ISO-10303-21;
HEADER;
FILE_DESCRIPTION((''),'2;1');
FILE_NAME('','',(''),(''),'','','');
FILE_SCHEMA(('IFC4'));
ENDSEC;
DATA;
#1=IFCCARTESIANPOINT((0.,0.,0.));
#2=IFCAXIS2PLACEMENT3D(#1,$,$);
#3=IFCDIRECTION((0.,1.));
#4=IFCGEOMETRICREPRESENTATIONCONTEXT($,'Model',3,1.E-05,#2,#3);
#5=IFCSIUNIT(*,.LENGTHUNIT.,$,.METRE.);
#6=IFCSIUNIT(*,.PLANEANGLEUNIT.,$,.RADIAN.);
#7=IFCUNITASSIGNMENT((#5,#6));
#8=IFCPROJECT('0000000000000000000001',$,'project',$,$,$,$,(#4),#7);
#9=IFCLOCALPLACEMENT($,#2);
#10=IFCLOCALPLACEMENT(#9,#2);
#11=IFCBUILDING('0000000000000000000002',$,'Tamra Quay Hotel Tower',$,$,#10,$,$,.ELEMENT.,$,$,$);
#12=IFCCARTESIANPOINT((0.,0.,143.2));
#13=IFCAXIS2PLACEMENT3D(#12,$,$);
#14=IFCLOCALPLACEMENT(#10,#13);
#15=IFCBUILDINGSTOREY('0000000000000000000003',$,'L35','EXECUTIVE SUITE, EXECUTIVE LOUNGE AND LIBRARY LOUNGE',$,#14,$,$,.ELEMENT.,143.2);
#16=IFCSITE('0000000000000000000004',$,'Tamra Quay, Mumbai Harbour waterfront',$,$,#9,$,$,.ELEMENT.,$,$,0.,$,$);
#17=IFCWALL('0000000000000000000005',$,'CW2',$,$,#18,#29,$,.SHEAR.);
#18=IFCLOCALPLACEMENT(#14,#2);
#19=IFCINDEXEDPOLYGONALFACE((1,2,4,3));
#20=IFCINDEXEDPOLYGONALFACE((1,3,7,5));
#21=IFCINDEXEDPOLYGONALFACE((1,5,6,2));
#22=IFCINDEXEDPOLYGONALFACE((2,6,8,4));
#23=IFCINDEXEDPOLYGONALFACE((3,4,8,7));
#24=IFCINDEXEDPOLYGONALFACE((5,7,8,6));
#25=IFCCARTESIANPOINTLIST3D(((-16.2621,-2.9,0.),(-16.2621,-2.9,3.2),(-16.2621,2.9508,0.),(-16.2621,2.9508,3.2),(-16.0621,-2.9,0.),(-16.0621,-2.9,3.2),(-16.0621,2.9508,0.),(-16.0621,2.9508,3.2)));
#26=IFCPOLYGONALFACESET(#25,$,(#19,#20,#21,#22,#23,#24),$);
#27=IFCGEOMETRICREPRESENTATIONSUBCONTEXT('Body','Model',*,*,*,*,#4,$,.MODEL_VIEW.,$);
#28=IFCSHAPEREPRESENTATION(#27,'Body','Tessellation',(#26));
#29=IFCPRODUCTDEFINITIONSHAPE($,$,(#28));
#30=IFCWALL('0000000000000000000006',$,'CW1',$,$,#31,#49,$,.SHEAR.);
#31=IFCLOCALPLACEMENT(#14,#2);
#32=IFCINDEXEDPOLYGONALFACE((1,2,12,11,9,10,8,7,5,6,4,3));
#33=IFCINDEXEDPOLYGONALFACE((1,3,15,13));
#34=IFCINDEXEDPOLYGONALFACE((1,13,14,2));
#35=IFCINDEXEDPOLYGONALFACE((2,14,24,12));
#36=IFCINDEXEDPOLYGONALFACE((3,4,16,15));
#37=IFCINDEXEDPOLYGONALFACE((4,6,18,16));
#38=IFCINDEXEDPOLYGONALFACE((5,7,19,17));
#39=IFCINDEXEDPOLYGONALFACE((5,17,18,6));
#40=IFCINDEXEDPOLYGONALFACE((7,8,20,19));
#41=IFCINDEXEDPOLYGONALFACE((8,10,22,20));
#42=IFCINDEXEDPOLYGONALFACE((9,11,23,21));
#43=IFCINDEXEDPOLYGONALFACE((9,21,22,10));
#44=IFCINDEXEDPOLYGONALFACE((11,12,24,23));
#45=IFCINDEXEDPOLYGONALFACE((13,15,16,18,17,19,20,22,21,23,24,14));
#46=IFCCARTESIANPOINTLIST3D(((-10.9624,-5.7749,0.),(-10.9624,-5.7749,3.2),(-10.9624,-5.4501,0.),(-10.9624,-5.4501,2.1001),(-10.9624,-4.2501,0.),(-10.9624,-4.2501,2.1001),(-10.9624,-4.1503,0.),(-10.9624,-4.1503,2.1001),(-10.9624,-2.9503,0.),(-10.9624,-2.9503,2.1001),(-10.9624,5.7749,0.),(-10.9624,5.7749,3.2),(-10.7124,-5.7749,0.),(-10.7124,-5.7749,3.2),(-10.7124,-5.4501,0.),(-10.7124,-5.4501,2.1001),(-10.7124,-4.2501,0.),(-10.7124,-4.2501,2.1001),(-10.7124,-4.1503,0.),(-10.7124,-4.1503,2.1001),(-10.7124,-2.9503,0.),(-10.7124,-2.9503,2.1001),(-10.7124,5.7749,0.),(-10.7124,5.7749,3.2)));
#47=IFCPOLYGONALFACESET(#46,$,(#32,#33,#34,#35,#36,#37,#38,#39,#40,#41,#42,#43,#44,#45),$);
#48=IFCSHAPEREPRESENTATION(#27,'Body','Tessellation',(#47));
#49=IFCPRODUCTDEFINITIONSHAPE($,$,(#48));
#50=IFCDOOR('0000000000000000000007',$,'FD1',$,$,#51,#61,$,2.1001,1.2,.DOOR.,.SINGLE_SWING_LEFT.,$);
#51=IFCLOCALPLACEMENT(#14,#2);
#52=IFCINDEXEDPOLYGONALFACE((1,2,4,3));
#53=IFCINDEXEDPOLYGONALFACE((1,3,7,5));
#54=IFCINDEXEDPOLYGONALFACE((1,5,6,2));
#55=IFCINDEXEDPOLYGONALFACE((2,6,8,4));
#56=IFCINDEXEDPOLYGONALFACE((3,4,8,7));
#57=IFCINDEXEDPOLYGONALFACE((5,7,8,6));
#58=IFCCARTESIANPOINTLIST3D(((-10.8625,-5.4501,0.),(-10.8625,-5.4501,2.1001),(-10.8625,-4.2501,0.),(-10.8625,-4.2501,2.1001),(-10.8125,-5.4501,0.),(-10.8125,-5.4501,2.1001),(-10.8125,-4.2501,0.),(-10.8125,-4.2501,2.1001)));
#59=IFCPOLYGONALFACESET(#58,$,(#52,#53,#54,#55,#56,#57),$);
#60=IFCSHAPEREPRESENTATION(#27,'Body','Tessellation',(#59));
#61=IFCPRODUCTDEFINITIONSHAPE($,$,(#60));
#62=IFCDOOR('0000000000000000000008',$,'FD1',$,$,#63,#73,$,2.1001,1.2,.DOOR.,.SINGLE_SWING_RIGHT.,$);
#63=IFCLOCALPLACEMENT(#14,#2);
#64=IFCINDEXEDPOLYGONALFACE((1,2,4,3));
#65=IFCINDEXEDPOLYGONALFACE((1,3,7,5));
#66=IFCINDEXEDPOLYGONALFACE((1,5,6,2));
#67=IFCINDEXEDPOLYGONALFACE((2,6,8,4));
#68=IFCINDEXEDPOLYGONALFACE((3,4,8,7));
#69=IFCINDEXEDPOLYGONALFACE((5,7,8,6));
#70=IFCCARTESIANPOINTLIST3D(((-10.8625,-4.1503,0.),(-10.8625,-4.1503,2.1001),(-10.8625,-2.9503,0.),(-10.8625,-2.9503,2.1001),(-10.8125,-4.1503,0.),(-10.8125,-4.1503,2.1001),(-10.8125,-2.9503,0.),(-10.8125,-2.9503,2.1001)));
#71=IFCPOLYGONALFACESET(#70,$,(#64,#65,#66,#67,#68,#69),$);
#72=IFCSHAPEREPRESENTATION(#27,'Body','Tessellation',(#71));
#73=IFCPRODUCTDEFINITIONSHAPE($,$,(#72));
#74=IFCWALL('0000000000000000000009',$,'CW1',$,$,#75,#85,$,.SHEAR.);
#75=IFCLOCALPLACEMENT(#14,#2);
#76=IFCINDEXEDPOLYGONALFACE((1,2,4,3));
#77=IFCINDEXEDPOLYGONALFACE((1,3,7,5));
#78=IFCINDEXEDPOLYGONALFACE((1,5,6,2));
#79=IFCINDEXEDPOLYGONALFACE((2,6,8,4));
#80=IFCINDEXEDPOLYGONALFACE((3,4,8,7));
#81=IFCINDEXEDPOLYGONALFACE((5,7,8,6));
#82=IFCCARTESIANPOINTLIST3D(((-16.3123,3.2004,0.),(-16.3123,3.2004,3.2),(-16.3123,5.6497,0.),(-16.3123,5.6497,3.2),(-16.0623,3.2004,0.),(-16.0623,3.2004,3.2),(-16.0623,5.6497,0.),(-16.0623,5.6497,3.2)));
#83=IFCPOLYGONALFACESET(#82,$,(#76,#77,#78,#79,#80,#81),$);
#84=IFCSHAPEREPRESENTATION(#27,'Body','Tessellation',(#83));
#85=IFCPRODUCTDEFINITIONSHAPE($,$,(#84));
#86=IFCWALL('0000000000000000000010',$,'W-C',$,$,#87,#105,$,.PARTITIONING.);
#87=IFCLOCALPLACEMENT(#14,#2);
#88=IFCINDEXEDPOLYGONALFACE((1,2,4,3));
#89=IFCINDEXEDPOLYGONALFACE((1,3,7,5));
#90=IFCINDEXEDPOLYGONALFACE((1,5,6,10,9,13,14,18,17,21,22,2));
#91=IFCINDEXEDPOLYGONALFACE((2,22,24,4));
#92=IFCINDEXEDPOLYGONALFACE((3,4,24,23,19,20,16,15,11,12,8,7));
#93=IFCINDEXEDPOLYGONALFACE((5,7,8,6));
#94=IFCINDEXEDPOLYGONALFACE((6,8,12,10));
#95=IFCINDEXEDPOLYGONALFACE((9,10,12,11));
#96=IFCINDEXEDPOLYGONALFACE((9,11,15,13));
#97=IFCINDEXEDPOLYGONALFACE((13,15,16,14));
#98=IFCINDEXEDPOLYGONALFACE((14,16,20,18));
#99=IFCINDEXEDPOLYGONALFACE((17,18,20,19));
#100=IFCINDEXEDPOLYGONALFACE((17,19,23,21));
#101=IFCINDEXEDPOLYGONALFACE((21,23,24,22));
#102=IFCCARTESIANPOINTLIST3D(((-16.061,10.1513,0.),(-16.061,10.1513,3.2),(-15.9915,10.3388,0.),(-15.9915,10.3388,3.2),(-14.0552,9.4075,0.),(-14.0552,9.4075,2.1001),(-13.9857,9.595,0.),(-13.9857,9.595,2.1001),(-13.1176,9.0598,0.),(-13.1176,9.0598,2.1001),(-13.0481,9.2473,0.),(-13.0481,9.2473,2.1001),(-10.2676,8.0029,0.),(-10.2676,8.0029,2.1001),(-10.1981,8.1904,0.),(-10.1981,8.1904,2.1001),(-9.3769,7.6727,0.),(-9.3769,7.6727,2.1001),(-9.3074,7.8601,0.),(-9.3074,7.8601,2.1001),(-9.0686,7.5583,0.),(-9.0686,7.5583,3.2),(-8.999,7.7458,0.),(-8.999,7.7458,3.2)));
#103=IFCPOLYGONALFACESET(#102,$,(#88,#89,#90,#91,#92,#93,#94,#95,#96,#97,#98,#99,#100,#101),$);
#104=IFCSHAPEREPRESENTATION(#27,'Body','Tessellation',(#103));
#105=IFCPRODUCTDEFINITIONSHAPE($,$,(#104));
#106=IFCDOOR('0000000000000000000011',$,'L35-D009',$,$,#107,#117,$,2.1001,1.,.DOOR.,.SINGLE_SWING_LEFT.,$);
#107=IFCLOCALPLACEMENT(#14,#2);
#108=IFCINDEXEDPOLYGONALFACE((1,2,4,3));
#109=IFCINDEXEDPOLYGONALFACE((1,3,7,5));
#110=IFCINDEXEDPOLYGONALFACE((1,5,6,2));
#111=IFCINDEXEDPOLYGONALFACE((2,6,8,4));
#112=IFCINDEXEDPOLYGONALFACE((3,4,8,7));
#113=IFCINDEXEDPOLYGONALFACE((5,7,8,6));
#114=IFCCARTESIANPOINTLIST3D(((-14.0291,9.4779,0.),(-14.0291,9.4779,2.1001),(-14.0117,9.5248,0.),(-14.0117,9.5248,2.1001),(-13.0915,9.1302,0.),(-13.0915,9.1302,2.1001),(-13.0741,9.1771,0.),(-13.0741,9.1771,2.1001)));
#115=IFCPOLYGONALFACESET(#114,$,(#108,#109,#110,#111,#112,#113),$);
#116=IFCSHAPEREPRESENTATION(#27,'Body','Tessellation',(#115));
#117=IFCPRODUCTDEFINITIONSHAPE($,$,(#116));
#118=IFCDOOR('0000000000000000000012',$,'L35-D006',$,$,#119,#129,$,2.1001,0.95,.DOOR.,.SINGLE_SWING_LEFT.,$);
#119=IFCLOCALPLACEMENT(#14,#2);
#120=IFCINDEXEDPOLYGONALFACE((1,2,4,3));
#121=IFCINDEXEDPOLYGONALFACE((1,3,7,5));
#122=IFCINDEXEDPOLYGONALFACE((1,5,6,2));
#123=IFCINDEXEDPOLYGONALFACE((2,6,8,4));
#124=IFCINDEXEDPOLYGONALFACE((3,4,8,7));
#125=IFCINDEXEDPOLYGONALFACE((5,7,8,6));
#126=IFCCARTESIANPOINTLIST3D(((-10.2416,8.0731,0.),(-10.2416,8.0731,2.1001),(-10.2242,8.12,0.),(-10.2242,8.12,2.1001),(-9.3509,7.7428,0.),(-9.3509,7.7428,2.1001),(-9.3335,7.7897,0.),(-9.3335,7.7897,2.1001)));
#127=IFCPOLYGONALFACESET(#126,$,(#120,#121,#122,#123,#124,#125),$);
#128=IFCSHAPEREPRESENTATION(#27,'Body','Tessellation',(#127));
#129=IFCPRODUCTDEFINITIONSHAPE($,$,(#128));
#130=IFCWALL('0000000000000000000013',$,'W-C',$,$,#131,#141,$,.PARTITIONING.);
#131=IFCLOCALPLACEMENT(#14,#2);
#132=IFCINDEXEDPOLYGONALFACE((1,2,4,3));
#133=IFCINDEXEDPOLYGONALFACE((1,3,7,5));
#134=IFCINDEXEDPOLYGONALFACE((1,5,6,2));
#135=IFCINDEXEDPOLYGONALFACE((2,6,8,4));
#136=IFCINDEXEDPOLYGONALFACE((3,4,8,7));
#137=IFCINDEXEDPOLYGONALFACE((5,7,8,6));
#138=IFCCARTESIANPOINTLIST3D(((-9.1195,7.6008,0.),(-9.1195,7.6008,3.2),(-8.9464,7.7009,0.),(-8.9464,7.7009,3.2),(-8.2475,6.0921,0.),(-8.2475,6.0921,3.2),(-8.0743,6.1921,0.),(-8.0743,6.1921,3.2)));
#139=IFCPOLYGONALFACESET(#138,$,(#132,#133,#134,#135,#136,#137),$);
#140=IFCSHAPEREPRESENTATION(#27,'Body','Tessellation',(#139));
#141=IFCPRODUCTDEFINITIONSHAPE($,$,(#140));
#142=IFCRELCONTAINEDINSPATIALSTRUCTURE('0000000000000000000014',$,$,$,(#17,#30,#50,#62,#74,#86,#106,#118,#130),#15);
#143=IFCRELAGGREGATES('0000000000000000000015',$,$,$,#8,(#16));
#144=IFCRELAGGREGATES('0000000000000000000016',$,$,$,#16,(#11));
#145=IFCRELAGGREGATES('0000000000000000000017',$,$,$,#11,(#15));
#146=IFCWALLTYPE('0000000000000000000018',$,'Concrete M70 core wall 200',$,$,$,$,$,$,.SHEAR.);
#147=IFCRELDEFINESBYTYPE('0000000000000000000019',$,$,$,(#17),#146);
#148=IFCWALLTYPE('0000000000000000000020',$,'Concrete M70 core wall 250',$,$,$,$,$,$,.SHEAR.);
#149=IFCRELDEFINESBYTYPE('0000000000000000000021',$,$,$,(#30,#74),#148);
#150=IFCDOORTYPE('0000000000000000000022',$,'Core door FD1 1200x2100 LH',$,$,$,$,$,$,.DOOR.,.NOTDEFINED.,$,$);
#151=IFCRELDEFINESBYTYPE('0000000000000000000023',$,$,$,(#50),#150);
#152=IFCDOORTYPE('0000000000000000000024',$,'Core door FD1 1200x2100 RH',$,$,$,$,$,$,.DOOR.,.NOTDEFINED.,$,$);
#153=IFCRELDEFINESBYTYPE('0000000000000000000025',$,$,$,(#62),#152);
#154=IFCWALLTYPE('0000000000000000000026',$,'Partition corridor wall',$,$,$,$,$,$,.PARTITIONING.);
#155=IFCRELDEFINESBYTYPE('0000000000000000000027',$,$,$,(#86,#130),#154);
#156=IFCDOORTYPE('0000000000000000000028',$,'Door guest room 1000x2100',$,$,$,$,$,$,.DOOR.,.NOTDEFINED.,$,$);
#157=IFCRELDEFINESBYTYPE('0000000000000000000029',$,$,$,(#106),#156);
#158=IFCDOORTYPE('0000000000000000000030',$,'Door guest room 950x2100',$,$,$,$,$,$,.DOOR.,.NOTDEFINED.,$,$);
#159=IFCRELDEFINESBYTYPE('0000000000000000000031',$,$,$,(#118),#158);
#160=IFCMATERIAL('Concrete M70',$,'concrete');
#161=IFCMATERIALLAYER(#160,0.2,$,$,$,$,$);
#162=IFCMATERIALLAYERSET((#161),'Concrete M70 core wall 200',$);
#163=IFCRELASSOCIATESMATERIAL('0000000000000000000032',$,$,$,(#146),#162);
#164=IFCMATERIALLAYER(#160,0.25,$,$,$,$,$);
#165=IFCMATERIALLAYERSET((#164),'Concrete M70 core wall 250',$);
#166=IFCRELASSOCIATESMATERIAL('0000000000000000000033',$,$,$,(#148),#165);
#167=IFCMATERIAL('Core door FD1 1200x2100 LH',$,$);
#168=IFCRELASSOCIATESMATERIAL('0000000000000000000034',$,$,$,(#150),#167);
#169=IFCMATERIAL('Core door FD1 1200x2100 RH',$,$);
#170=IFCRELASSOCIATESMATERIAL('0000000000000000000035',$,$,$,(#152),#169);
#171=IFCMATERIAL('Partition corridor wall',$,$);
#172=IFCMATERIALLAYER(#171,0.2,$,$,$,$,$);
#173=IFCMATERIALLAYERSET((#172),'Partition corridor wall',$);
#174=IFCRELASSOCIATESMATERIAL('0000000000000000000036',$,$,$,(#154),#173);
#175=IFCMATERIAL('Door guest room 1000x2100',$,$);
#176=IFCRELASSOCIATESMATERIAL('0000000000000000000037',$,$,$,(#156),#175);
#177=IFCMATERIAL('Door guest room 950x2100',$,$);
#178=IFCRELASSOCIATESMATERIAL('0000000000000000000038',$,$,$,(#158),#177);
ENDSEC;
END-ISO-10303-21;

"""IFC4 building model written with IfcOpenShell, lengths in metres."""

from ifc_helpers import new_model, si_unit, direction, frame, frame_2d, origin, place, context, subcontext, project, spatial, rectangle, extrude, material, layer, layer_set, type_object, element, fill, save


model = new_model("IFC4")

# Units and contexts
model_context = context("Model", 3, precision=1e-05, world=origin(), true_north=direction((0.0, 1.0)))
body_context = subcontext(model_context, "Body", "Model", "MODEL_VIEW")
ifc_project = project(units=[si_unit("LENGTHUNIT", "METRE"), si_unit("PLANEANGLEUNIT", "RADIAN")], contexts=[model_context])

# Site, building, storey
site_placement = place(None, origin())
site = spatial("IfcSite", under=ifc_project, at=site_placement, Name="Tamra Quay, Mumbai Harbour waterfront", CompositionType="ELEMENT", RefElevation=0.0)
building_placement = place(site_placement, origin())
building = spatial("IfcBuilding", under=site, at=building_placement, Name="Tamra Quay Hotel Tower", CompositionType="ELEMENT")
storey_placement = place(building_placement, frame((0.0, 0.0, 143.2)))
storey = spatial("IfcBuildingStorey", under=building, at=storey_placement, Name="L35", Description="EXECUTIVE SUITE, EXECUTIVE LOUNGE AND LIBRARY LOUNGE", CompositionType="ELEMENT", Elevation=143.2)

# Wall
ifc_material_1 = material(Name="Concrete M70", Category="concrete")
ifc_layer_1 = layer(ifc_material_1, 0.2)
ifc_layer_set_1 = layer_set([ifc_layer_1], Name="Concrete M70 core wall 200")
wall_type_1 = type_object("IfcWallType", Name="Concrete M70 core wall 200", PredefinedType="SHEAR", material=ifc_layer_set_1)
wall_1_placement = place(storey_placement, frame((-16.1621, 2.9507, 0.0), z_axis=(0.0, 0.0, 1.0), x_axis=(0.0, -1.0, 0.0)))
element("IfcWall", 1, at=wall_1_placement, inside=storey, type_object=wall_type_1, Name="CW2", PredefinedType="SHEAR", context=body_context, shape_type="SweptSolid", body=[
    extrude(rectangle(XDim=5.8508, YDim=0.2, at=frame_2d((2.9253, 0.0))), origin(), (0.0, 0.0, 1.0), 3.2),
])

# Wall, openings, doors
ifc_layer_2 = layer(ifc_material_1, 0.25)
ifc_layer_set_2 = layer_set([ifc_layer_2], Name="Concrete M70 core wall 250")
wall_type_2 = type_object("IfcWallType", Name="Concrete M70 core wall 250", PredefinedType="SHEAR", material=ifc_layer_set_2)
wall_2_placement = place(storey_placement, frame((-10.8374, 5.7749, 0.0), z_axis=(0.0, 0.0, 1.0), x_axis=(0.0, -1.0, 0.0)))
wall_2 = element("IfcWall", 2, at=wall_2_placement, inside=storey, type_object=wall_type_2, Name="CW1", PredefinedType="SHEAR", context=body_context, shape_type="SweptSolid", body=[
    extrude(rectangle(XDim=11.5498, YDim=0.25, at=frame_2d((5.7749, 0.0))), origin(), (0.0, 0.0, 1.0), 3.2),
])
opening_1_placement = place(wall_2_placement, frame((10.0249, 0.0, 0.0)))
opening_1 = element("IfcOpeningElement", 3, at=opening_1_placement, cuts=wall_2, PredefinedType="OPENING", context=body_context, shape_type="SweptSolid", body=[
    extrude(rectangle(XDim=1.2, YDim=2.1001, at=frame_2d((0.6001, 1.05))), frame((0.0, 0.135, 0.0), z_axis=(0.0, -1.0, 0.0), x_axis=(1.0, 0.0, 0.0)), (0.0, 0.0, 1.0), 0.27),
])
opening_2_placement = place(wall_2_placement, frame((8.7251, 0.0, 0.0)))
opening_2 = element("IfcOpeningElement", 4, at=opening_2_placement, cuts=wall_2, PredefinedType="OPENING", context=body_context, shape_type="SweptSolid", body=[
    extrude(rectangle(XDim=1.2, YDim=2.1001, at=frame_2d((0.6001, 1.05))), frame((0.0, 0.135, 0.0), z_axis=(0.0, -1.0, 0.0), x_axis=(1.0, 0.0, 0.0)), (0.0, 0.0, 1.0), 0.27),
])
ifc_material_2 = material(Name="Core door FD1 1200x2100 LH")
door_type_1 = type_object("IfcDoorType", Name="Core door FD1 1200x2100 LH", OperationType="NOTDEFINED", PredefinedType="DOOR", material=ifc_material_2)
door_1_placement = place(opening_1_placement, origin())
door_1 = element("IfcDoor", 5, at=door_1_placement, inside=storey, type_object=door_type_1, Name="FD1", OperationType="SINGLE_SWING_LEFT", OverallHeight=2.1001, OverallWidth=1.2, PredefinedType="DOOR", context=body_context, shape_type="SweptSolid", body=[
    extrude(rectangle(XDim=1.2, YDim=2.1001, at=frame_2d((0.6001, 1.05))), frame((0.0, 0.0249, 0.0), z_axis=(0.0, -1.0, 0.0), x_axis=(1.0, 0.0, 0.0)), (0.0, 0.0, 1.0), 0.05),
])
fill(opening_1, door_1)
ifc_material_3 = material(Name="Core door FD1 1200x2100 RH")
door_type_2 = type_object("IfcDoorType", Name="Core door FD1 1200x2100 RH", OperationType="NOTDEFINED", PredefinedType="DOOR", material=ifc_material_3)
door_2_placement = place(opening_2_placement, origin())
door_2 = element("IfcDoor", 6, at=door_2_placement, inside=storey, type_object=door_type_2, Name="FD1", OperationType="SINGLE_SWING_RIGHT", OverallHeight=2.1001, OverallWidth=1.2, PredefinedType="DOOR", context=body_context, shape_type="SweptSolid", body=[
    extrude(rectangle(XDim=1.2, YDim=2.1001, at=frame_2d((0.6001, 1.05))), frame((0.0, 0.0249, 0.0), z_axis=(0.0, -1.0, 0.0), x_axis=(1.0, 0.0, 0.0)), (0.0, 0.0, 1.0), 0.05),
])
fill(opening_2, door_2)

# Wall
wall_3_placement = place(storey_placement, frame((-16.1873, 3.2004, 0.0), z_axis=(0.0, 0.0, 1.0), x_axis=(0.0, 1.0, 0.0)))
element("IfcWall", 7, at=wall_3_placement, inside=storey, type_object=wall_type_2, Name="CW1", PredefinedType="SHEAR", context=body_context, shape_type="SweptSolid", body=[
    extrude(rectangle(XDim=2.4492, YDim=0.25, at=frame_2d((1.2246, 0.0))), origin(), (0.0, 0.0, 1.0), 3.2),
])

# Wall, openings, doors
ifc_material_4 = material(Name="Partition corridor wall")
ifc_layer_3 = layer(ifc_material_4, 0.2)
ifc_layer_set_3 = layer_set([ifc_layer_3], Name="Partition corridor wall")
wall_type_3 = type_object("IfcWallType", Name="Partition corridor wall", PredefinedType="PARTITIONING", material=ifc_layer_set_3)
wall_4_placement = place(storey_placement, frame((-16.0264, 10.2451, 0.0), z_axis=(0.0, 0.0, 1.0), x_axis=(0.937608, -0.347695, 0.0)))
wall_4 = element("IfcWall", 8, at=wall_4_placement, inside=storey, type_object=wall_type_3, Name="W-C", PredefinedType="PARTITIONING", context=body_context, shape_type="SweptSolid", body=[
    extrude(rectangle(XDim=7.4578, YDim=0.2, at=frame_2d((3.729, 0.0))), origin(), (0.0, 0.0, 1.0), 3.2),
])
opening_3_placement = place(wall_4_placement, frame((6.179, 0.0, 0.0)))
opening_3 = element("IfcOpeningElement", 9, at=opening_3_placement, cuts=wall_4, PredefinedType="OPENING", context=body_context, shape_type="SweptSolid", body=[
    extrude(rectangle(XDim=0.95, YDim=2.1001, at=frame_2d((0.4751, 1.05))), frame((0.0, 0.1099, 0.0), z_axis=(0.0, -1.0, 0.0), x_axis=(1.0, 0.0, 0.0)), (0.0, 0.0, 1.0), 0.22),
])
opening_4_placement = place(wall_4_placement, frame((2.1394, 0.0, 0.0)))
opening_4 = element("IfcOpeningElement", 10, at=opening_4_placement, cuts=wall_4, PredefinedType="OPENING", context=body_context, shape_type="SweptSolid", body=[
    extrude(rectangle(XDim=1.0, YDim=2.1001, at=frame_2d((0.5, 1.05))), frame((0.0, 0.1099, 0.0), z_axis=(0.0, -1.0, 0.0), x_axis=(1.0, 0.0, 0.0)), (0.0, 0.0, 1.0), 0.22),
])
ifc_material_5 = material(Name="Door guest room 1000x2100")
door_type_3 = type_object("IfcDoorType", Name="Door guest room 1000x2100", OperationType="NOTDEFINED", PredefinedType="DOOR", material=ifc_material_5)
door_3_placement = place(opening_4_placement, frame((1.0, 0.0, 0.0), z_axis=(0.0, 0.0, 1.0), x_axis=(-1.0, 0.0, 0.0)))
door_3 = element("IfcDoor", 11, at=door_3_placement, inside=storey, type_object=door_type_3, Name="L35-D009", OperationType="SINGLE_SWING_LEFT", OverallHeight=2.1001, OverallWidth=1.0, PredefinedType="DOOR", context=body_context, shape_type="SweptSolid", body=[
    extrude(rectangle(XDim=1.0, YDim=2.1001, at=frame_2d((0.5, 1.05))), frame((0.0, 0.0249, 0.0), z_axis=(0.0, -1.0, 0.0), x_axis=(1.0, 0.0, 0.0)), (0.0, 0.0, 1.0), 0.05),
])
fill(opening_4, door_3)
ifc_material_6 = material(Name="Door guest room 950x2100")
door_type_4 = type_object("IfcDoorType", Name="Door guest room 950x2100", OperationType="NOTDEFINED", PredefinedType="DOOR", material=ifc_material_6)
door_4_placement = place(opening_3_placement, origin())
door_4 = element("IfcDoor", 12, at=door_4_placement, inside=storey, type_object=door_type_4, Name="L35-D006", OperationType="SINGLE_SWING_LEFT", OverallHeight=2.1001, OverallWidth=0.95, PredefinedType="DOOR", context=body_context, shape_type="SweptSolid", body=[
    extrude(rectangle(XDim=0.95, YDim=2.1001, at=frame_2d((0.4751, 1.05))), frame((0.0, 0.0249, 0.0), z_axis=(0.0, -1.0, 0.0), x_axis=(1.0, 0.0, 0.0)), (0.0, 0.0, 1.0), 0.05),
])
fill(opening_3, door_4)

# Wall
wall_5_placement = place(storey_placement, frame((-9.033, 7.6509, 0.0), z_axis=(0.0, 0.0, 1.0), x_axis=(0.500418, -0.865784, 0.0)))
element("IfcWall", 13, at=wall_5_placement, inside=storey, type_object=wall_type_3, Name="W-C", PredefinedType="PARTITIONING", context=body_context, shape_type="SweptSolid", body=[
    extrude(rectangle(XDim=1.7427, YDim=0.2, at=frame_2d((0.8713, 0.0))), origin(), (0.0, 0.0, 1.0), 3.2),
])

save(model, "model.ifc")
